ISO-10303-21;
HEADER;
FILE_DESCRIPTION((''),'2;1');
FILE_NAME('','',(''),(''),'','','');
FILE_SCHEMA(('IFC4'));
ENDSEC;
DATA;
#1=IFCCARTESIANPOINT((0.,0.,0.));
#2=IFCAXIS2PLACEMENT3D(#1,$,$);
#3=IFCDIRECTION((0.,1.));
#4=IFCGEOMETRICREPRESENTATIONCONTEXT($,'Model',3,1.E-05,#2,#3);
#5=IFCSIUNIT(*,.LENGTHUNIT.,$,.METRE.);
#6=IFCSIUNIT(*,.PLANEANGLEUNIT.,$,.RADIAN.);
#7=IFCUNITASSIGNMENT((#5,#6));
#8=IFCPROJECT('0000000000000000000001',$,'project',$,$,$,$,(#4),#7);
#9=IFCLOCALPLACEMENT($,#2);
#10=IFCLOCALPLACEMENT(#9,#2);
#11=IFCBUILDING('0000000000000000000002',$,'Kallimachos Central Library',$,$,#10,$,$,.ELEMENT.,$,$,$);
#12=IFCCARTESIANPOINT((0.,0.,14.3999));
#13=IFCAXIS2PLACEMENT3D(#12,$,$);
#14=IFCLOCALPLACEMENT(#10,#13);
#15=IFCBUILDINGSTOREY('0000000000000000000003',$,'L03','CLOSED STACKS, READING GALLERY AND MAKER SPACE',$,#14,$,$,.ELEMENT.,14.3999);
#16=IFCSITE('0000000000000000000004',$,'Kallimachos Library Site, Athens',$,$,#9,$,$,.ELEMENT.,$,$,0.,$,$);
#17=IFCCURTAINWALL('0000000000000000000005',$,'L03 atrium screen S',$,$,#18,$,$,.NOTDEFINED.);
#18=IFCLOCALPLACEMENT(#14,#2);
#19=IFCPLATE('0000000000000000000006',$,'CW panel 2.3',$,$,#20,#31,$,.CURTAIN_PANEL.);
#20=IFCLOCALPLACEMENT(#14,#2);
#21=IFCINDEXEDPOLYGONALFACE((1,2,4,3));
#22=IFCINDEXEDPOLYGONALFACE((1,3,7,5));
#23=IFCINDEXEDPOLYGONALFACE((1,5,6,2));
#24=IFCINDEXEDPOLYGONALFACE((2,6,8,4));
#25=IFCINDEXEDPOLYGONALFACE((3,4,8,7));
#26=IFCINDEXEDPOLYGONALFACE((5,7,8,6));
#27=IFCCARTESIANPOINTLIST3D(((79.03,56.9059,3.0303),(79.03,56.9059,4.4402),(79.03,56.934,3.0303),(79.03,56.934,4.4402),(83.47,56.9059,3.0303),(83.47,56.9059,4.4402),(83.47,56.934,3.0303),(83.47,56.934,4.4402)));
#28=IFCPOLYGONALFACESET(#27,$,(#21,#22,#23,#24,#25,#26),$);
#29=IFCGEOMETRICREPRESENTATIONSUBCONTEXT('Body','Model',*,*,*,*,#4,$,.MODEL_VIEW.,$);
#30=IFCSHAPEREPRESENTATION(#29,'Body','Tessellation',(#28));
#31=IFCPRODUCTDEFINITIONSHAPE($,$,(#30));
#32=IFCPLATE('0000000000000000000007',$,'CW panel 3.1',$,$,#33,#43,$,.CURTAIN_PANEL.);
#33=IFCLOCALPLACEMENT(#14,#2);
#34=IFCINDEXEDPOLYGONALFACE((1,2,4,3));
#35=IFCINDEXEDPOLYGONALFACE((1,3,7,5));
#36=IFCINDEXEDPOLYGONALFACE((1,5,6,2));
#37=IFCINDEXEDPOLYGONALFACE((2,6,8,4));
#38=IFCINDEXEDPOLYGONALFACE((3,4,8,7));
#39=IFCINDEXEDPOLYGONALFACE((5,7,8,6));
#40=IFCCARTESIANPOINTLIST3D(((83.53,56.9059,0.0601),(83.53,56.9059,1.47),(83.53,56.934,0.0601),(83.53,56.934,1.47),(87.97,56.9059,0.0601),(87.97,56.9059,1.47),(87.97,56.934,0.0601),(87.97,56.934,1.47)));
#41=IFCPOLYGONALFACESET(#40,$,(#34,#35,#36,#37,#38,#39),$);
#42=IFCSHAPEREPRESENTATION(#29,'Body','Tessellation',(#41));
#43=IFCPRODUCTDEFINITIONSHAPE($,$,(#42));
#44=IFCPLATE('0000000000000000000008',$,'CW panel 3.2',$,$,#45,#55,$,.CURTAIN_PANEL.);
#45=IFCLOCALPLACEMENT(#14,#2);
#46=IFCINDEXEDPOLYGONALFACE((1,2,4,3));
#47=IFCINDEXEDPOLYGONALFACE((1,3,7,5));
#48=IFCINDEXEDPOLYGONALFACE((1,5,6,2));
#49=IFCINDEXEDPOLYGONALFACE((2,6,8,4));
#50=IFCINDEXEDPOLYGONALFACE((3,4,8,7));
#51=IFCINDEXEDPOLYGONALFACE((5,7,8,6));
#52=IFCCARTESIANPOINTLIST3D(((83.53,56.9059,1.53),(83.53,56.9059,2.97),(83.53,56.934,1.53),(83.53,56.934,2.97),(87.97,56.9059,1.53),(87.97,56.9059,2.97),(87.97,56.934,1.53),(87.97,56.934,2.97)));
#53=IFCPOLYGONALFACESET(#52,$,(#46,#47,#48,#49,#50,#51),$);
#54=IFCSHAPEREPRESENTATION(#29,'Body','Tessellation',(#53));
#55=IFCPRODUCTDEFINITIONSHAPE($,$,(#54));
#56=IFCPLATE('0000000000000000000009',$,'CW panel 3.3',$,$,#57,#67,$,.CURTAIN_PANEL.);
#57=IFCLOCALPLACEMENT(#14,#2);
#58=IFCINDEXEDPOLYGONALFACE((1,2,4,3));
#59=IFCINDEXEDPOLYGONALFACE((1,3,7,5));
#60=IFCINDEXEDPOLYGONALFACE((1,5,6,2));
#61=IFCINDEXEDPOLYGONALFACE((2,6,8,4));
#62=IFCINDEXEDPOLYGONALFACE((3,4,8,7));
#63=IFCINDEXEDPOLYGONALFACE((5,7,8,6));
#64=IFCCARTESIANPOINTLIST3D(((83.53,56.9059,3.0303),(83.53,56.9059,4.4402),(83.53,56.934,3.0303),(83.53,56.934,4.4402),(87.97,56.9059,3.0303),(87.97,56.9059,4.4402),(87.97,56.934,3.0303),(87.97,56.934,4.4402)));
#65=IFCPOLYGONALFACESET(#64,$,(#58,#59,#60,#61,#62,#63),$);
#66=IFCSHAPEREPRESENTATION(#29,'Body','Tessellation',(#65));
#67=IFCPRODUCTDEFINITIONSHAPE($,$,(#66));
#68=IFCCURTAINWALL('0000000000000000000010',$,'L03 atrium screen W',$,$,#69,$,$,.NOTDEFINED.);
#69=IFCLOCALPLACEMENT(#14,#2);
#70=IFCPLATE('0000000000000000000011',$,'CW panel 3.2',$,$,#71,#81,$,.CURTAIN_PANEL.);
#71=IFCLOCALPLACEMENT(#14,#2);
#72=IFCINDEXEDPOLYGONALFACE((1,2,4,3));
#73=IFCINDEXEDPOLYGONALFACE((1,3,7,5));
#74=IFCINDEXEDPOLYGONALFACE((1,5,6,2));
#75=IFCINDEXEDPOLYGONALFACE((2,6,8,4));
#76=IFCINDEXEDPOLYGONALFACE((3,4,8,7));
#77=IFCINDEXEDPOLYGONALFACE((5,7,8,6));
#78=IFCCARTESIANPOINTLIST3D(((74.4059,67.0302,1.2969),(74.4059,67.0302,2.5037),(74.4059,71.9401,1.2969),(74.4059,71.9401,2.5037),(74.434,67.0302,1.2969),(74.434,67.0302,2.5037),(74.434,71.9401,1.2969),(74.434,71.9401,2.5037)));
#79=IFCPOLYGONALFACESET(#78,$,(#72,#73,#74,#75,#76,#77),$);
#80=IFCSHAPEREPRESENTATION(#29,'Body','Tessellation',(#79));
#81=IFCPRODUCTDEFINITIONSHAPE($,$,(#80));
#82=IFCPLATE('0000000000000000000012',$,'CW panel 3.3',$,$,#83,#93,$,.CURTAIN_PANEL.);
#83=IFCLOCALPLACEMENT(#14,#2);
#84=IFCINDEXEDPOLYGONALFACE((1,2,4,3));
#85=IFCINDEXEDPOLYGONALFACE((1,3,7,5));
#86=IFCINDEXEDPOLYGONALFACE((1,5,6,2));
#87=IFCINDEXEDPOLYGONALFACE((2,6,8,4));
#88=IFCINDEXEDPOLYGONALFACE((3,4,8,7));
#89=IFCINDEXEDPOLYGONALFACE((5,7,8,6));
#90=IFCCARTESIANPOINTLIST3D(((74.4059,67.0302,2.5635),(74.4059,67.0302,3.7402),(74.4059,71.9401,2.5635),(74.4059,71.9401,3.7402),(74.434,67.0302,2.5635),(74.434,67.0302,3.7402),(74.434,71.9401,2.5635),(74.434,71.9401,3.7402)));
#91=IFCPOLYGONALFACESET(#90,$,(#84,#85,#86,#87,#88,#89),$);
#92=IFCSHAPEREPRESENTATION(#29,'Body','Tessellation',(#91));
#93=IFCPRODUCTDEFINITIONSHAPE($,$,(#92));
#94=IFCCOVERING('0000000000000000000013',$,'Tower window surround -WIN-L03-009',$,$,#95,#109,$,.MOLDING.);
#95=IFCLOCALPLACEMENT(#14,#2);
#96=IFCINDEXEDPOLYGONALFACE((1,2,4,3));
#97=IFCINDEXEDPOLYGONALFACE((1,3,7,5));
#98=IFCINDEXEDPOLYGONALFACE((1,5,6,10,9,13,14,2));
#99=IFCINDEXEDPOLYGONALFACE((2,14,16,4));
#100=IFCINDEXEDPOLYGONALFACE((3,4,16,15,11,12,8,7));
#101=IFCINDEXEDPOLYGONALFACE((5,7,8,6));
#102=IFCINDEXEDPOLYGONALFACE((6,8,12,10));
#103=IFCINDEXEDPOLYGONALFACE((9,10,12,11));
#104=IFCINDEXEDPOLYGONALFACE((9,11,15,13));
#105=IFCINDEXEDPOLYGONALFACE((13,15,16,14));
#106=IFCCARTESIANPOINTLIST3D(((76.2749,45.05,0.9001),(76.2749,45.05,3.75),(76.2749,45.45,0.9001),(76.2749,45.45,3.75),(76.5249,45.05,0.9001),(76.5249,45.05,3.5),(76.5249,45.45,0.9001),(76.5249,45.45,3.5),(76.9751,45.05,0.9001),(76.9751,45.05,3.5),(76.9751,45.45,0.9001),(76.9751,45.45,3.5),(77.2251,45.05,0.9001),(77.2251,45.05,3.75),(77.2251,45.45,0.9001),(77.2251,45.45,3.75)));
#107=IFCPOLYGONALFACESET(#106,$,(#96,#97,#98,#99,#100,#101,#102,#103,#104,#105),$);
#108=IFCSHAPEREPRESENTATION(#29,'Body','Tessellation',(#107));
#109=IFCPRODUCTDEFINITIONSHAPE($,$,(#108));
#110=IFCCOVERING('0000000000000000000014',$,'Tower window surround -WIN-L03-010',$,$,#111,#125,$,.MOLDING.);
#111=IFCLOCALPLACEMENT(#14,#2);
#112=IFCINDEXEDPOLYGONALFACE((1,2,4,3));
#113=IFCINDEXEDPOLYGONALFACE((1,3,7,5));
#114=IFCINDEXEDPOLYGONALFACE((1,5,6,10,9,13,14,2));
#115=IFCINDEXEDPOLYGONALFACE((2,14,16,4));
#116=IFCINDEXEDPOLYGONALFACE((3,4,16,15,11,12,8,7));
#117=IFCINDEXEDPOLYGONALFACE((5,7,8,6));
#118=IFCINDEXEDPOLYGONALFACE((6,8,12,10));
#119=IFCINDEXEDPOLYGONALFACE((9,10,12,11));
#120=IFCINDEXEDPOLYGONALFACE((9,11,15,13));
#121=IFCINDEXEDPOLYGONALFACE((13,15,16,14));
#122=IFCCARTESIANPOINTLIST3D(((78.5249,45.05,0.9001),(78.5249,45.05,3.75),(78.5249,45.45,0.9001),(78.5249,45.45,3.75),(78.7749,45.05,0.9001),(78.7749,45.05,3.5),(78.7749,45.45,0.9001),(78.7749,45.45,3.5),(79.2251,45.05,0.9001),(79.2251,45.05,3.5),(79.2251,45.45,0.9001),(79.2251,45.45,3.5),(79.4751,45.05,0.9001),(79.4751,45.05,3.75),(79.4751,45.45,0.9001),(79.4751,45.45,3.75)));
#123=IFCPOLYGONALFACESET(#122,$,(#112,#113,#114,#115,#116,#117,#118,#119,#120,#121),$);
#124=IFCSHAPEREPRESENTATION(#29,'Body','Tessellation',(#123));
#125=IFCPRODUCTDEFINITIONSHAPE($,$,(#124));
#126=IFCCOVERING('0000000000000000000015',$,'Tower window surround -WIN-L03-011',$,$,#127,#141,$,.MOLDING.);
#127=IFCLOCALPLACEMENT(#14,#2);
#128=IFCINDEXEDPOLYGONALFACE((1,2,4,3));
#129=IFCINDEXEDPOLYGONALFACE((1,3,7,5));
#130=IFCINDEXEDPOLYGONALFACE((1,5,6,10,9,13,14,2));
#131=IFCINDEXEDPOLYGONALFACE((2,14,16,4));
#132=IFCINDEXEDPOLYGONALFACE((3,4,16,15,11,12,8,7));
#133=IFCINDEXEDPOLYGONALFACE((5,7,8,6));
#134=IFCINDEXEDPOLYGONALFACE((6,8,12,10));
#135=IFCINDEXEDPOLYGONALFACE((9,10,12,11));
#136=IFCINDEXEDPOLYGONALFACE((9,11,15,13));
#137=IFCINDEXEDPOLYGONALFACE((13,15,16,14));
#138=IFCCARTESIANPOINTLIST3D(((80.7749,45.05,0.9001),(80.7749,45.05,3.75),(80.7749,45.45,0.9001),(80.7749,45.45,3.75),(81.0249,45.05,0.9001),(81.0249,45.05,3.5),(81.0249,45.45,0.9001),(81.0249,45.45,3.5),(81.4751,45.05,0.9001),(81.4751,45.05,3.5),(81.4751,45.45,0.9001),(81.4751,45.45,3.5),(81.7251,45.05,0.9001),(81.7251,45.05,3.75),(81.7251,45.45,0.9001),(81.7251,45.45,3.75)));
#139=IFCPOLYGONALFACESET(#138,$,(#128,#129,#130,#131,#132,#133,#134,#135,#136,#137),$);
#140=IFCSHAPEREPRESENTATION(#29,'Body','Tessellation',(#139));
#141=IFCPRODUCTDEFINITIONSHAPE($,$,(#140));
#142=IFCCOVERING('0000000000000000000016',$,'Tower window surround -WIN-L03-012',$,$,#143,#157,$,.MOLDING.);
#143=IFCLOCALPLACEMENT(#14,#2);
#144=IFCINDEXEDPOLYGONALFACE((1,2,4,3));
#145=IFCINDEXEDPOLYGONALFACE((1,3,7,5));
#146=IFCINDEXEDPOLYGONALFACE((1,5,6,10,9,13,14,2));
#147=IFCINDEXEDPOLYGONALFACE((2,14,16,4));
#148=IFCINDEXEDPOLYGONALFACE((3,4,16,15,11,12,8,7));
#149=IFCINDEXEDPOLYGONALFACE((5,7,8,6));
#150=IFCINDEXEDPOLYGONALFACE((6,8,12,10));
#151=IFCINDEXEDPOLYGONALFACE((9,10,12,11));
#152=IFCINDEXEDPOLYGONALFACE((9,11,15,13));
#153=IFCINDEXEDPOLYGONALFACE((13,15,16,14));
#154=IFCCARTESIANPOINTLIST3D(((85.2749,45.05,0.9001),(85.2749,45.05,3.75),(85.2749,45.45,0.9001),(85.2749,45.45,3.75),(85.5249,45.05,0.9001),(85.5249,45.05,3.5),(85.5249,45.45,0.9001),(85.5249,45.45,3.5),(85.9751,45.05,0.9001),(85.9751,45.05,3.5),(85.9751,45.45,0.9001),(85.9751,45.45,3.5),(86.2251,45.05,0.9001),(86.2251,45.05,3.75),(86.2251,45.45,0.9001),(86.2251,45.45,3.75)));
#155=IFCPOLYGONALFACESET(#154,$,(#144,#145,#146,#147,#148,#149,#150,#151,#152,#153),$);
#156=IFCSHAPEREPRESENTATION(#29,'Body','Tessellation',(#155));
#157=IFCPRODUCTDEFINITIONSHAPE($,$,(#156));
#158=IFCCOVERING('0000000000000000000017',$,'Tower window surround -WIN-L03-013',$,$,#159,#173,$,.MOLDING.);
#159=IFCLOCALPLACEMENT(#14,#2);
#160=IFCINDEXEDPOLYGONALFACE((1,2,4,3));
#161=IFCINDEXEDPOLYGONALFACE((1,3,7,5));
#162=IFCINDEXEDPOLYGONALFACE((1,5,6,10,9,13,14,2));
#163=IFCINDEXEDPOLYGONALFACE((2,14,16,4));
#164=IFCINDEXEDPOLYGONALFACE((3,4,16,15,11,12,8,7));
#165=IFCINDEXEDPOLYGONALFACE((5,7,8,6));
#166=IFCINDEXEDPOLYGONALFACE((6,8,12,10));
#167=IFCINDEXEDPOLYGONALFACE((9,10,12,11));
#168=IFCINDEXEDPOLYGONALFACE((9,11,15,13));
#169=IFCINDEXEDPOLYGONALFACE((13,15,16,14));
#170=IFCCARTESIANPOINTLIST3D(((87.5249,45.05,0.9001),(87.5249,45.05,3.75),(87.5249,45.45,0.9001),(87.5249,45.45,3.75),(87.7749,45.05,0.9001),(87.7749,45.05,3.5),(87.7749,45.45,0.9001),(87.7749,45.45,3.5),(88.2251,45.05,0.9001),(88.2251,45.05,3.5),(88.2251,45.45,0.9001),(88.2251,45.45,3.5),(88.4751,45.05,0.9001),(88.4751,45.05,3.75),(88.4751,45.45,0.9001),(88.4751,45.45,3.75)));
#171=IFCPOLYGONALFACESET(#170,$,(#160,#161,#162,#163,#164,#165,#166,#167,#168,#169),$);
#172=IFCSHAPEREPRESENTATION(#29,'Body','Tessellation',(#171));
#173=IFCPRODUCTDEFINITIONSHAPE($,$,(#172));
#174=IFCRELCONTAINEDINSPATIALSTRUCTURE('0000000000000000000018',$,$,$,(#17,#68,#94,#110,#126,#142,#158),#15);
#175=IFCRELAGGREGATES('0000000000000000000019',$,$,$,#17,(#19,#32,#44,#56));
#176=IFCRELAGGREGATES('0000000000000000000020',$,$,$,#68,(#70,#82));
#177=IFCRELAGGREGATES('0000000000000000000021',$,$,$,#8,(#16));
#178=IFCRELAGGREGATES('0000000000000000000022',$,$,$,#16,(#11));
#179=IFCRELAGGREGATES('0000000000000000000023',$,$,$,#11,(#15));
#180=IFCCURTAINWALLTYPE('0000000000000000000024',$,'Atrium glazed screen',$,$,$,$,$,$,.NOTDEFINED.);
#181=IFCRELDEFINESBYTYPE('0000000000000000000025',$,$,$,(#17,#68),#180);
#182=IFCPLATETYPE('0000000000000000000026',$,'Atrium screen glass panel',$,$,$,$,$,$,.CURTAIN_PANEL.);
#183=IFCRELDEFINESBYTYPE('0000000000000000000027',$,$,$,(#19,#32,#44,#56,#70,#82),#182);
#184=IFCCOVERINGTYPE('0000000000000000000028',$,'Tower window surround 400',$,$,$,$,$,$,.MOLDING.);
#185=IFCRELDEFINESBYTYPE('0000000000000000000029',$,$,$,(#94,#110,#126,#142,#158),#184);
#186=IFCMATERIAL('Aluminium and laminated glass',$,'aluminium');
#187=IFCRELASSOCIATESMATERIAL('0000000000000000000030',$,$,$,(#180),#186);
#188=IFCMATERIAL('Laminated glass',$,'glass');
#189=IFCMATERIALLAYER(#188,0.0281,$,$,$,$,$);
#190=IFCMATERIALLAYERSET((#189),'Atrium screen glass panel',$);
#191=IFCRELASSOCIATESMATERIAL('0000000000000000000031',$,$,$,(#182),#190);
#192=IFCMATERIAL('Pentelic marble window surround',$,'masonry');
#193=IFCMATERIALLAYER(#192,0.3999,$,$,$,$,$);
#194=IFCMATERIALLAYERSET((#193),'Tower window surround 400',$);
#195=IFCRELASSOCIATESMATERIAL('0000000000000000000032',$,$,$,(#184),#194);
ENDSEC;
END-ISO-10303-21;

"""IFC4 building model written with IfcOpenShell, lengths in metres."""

from ifc_helpers import new_model, si_unit, direction, frame, origin, origin_2d, place, context, subcontext, project, spatial, polyline, rectangle, outline, extrude, material, layer, layer_set, type_object, element, aggregate, save


model = new_model("IFC4")

# Units and contexts
model_context = context("Model", 3, precision=1e-05, world=origin(), true_north=direction((0.0, 1.0)))
body_context = subcontext(model_context, "Body", "Model", "MODEL_VIEW")
ifc_project = project(units=[si_unit("LENGTHUNIT", "METRE"), si_unit("PLANEANGLEUNIT", "RADIAN")], contexts=[model_context])

# Site, building, storey
site_placement = place(None, origin())
site = spatial("IfcSite", under=ifc_project, at=site_placement, Name="Kallimachos Library Site, Athens", CompositionType="ELEMENT", RefElevation=0.0)
building_placement = place(site_placement, origin())
building = spatial("IfcBuilding", under=site, at=building_placement, Name="Kallimachos Central Library", CompositionType="ELEMENT")
storey_placement = place(building_placement, frame((0.0, 0.0, 14.3999)))
storey = spatial("IfcBuildingStorey", under=building, at=storey_placement, Name="L03", Description="CLOSED STACKS, READING GALLERY AND MAKER SPACE", CompositionType="ELEMENT", Elevation=14.3999)

# Curtain wall
ifc_material_1 = material(Name="Aluminium and laminated glass", Category="aluminium")
curtain_wall_type = type_object("IfcCurtainWallType", Name="Atrium glazed screen", PredefinedType="NOTDEFINED", material=ifc_material_1)
curtain_wall_1_placement = place(storey_placement, origin())
curtain_wall_1 = element("IfcCurtainWall", 1, at=curtain_wall_1_placement, inside=storey, type_object=curtain_wall_type, Name="L03 atrium screen S", PredefinedType="NOTDEFINED")

# Plates
ifc_material_2 = material(Name="Laminated glass", Category="glass")
ifc_layer_1 = layer(ifc_material_2, 0.0281)
ifc_layer_set_1 = layer_set([ifc_layer_1], Name="Atrium screen glass panel")
plate_type = type_object("IfcPlateType", Name="Atrium screen glass panel", PredefinedType="CURTAIN_PANEL", material=ifc_layer_set_1)
plate_1_placement = place(storey_placement, frame((81.25, 56.9199, 3.0303), z_axis=(0.0, 0.0, 1.0), x_axis=(1.0, 0.0, 0.0)))
plate_1 = element("IfcPlate", 2, at=plate_1_placement, type_object=plate_type, Name="CW panel 2.3", PredefinedType="CURTAIN_PANEL", context=body_context, shape_type="SweptSolid", body=[
    extrude(rectangle(XDim=4.4399, YDim=0.0281, at=origin_2d()), origin(), (0.0, 0.0, 1.0), 1.4099),
])
plate_2_placement = place(storey_placement, frame((85.75, 56.9199, 0.0601), z_axis=(0.0, 0.0, 1.0), x_axis=(1.0, 0.0, 0.0)))
plate_2 = element("IfcPlate", 3, at=plate_2_placement, type_object=plate_type, Name="CW panel 3.1", PredefinedType="CURTAIN_PANEL", context=body_context, shape_type="SweptSolid", body=[
    extrude(rectangle(XDim=4.4399, YDim=0.0281, at=origin_2d()), origin(), (0.0, 0.0, 1.0), 1.4099),
])
plate_3_placement = place(storey_placement, frame((85.75, 56.9199, 1.53), z_axis=(0.0, 0.0, 1.0), x_axis=(1.0, 0.0, 0.0)))
plate_3 = element("IfcPlate", 4, at=plate_3_placement, type_object=plate_type, Name="CW panel 3.2", PredefinedType="CURTAIN_PANEL", context=body_context, shape_type="SweptSolid", body=[
    extrude(rectangle(XDim=4.4399, YDim=0.0281, at=origin_2d()), origin(), (0.0, 0.0, 1.0), 1.4399),
])
plate_4_placement = place(storey_placement, frame((85.75, 56.9199, 3.0303), z_axis=(0.0, 0.0, 1.0), x_axis=(1.0, 0.0, 0.0)))
plate_4 = element("IfcPlate", 5, at=plate_4_placement, type_object=plate_type, Name="CW panel 3.3", PredefinedType="CURTAIN_PANEL", context=body_context, shape_type="SweptSolid", body=[
    extrude(rectangle(XDim=4.4399, YDim=0.0281, at=origin_2d()), origin(), (0.0, 0.0, 1.0), 1.4099),
])
aggregate(curtain_wall_1, [plate_1, plate_2, plate_3, plate_4])

# Curtain wall, plates
curtain_wall_2_placement = place(storey_placement, origin())
curtain_wall_2 = element("IfcCurtainWall", 6, at=curtain_wall_2_placement, inside=storey, type_object=curtain_wall_type, Name="L03 atrium screen W", PredefinedType="NOTDEFINED")
plate_5_placement = place(storey_placement, frame((74.4199, 69.4851, 1.2969), z_axis=(0.0, 0.0, 1.0), x_axis=(0.0, 1.0, 0.0)))
plate_5 = element("IfcPlate", 7, at=plate_5_placement, type_object=plate_type, Name="CW panel 3.2", PredefinedType="CURTAIN_PANEL", context=body_context, shape_type="SweptSolid", body=[
    extrude(rectangle(XDim=4.9099, YDim=0.0281, at=origin_2d()), origin(), (0.0, 0.0, 1.0), 1.2068),
])
plate_6_placement = place(storey_placement, frame((74.4199, 69.4851, 2.5635), z_axis=(0.0, 0.0, 1.0), x_axis=(0.0, 1.0, 0.0)))
plate_6 = element("IfcPlate", 8, at=plate_6_placement, type_object=plate_type, Name="CW panel 3.3", PredefinedType="CURTAIN_PANEL", context=body_context, shape_type="SweptSolid", body=[
    extrude(rectangle(XDim=4.9099, YDim=0.0281, at=origin_2d()), origin(), (0.0, 0.0, 1.0), 1.1768),
])
aggregate(curtain_wall_2, [plate_5, plate_6])

# Coverings
ifc_material_3 = material(Name="Pentelic marble window surround", Category="masonry")
ifc_layer_2 = layer(ifc_material_3, 0.3999)
ifc_layer_set_2 = layer_set([ifc_layer_2], Name="Tower window surround 400")
covering_type = type_object("IfcCoveringType", Name="Tower window surround 400", PredefinedType="MOLDING", material=ifc_layer_set_2)
for number, where, z_axis, x_axis, name in (
    (9, (76.2749, 45.45, 0.9001), (0.0, 1.0, 0.0), (0.0, 0.0, 1.0), "Tower window surround -WIN-L03-009"),
    (10, (78.5249, 45.45, 0.9001), (0.0, 1.0, 0.0), (0.0, 0.0, 1.0), "Tower window surround -WIN-L03-010"),
    (11, (80.7749, 45.45, 0.9001), (0.0, 1.0, 0.0), (0.0, 0.0, 1.0), "Tower window surround -WIN-L03-011"),
    (12, (85.2749, 45.45, 0.9001), (0.0, 1.0, 0.0), (0.0, 0.0, 1.0), "Tower window surround -WIN-L03-012"),
    (13, (87.5249, 45.45, 0.9001), (0.0, 1.0, 0.0), (0.0, 0.0, 1.0), "Tower window surround -WIN-L03-013"),
):
    element("IfcCovering", number, at=place(storey_placement, frame(where, z_axis=z_axis, x_axis=x_axis)), inside=storey, type_object=covering_type, Name=name, PredefinedType="MOLDING", context=body_context, shape_type="SweptSolid", body=[
        extrude(outline(polyline([(0.0, 0.0), (2.8499, 0.0), (2.8499, 0.9502), (0.0, 0.9502), (0.0, 0.7002), (2.5999, 0.7002), (2.5999, 0.25), (0.0, 0.25), (0.0, 0.0)])), origin(), (0.0, 0.0, -1.0), 0.3999),
    ])

save(model, "model.ifc")
